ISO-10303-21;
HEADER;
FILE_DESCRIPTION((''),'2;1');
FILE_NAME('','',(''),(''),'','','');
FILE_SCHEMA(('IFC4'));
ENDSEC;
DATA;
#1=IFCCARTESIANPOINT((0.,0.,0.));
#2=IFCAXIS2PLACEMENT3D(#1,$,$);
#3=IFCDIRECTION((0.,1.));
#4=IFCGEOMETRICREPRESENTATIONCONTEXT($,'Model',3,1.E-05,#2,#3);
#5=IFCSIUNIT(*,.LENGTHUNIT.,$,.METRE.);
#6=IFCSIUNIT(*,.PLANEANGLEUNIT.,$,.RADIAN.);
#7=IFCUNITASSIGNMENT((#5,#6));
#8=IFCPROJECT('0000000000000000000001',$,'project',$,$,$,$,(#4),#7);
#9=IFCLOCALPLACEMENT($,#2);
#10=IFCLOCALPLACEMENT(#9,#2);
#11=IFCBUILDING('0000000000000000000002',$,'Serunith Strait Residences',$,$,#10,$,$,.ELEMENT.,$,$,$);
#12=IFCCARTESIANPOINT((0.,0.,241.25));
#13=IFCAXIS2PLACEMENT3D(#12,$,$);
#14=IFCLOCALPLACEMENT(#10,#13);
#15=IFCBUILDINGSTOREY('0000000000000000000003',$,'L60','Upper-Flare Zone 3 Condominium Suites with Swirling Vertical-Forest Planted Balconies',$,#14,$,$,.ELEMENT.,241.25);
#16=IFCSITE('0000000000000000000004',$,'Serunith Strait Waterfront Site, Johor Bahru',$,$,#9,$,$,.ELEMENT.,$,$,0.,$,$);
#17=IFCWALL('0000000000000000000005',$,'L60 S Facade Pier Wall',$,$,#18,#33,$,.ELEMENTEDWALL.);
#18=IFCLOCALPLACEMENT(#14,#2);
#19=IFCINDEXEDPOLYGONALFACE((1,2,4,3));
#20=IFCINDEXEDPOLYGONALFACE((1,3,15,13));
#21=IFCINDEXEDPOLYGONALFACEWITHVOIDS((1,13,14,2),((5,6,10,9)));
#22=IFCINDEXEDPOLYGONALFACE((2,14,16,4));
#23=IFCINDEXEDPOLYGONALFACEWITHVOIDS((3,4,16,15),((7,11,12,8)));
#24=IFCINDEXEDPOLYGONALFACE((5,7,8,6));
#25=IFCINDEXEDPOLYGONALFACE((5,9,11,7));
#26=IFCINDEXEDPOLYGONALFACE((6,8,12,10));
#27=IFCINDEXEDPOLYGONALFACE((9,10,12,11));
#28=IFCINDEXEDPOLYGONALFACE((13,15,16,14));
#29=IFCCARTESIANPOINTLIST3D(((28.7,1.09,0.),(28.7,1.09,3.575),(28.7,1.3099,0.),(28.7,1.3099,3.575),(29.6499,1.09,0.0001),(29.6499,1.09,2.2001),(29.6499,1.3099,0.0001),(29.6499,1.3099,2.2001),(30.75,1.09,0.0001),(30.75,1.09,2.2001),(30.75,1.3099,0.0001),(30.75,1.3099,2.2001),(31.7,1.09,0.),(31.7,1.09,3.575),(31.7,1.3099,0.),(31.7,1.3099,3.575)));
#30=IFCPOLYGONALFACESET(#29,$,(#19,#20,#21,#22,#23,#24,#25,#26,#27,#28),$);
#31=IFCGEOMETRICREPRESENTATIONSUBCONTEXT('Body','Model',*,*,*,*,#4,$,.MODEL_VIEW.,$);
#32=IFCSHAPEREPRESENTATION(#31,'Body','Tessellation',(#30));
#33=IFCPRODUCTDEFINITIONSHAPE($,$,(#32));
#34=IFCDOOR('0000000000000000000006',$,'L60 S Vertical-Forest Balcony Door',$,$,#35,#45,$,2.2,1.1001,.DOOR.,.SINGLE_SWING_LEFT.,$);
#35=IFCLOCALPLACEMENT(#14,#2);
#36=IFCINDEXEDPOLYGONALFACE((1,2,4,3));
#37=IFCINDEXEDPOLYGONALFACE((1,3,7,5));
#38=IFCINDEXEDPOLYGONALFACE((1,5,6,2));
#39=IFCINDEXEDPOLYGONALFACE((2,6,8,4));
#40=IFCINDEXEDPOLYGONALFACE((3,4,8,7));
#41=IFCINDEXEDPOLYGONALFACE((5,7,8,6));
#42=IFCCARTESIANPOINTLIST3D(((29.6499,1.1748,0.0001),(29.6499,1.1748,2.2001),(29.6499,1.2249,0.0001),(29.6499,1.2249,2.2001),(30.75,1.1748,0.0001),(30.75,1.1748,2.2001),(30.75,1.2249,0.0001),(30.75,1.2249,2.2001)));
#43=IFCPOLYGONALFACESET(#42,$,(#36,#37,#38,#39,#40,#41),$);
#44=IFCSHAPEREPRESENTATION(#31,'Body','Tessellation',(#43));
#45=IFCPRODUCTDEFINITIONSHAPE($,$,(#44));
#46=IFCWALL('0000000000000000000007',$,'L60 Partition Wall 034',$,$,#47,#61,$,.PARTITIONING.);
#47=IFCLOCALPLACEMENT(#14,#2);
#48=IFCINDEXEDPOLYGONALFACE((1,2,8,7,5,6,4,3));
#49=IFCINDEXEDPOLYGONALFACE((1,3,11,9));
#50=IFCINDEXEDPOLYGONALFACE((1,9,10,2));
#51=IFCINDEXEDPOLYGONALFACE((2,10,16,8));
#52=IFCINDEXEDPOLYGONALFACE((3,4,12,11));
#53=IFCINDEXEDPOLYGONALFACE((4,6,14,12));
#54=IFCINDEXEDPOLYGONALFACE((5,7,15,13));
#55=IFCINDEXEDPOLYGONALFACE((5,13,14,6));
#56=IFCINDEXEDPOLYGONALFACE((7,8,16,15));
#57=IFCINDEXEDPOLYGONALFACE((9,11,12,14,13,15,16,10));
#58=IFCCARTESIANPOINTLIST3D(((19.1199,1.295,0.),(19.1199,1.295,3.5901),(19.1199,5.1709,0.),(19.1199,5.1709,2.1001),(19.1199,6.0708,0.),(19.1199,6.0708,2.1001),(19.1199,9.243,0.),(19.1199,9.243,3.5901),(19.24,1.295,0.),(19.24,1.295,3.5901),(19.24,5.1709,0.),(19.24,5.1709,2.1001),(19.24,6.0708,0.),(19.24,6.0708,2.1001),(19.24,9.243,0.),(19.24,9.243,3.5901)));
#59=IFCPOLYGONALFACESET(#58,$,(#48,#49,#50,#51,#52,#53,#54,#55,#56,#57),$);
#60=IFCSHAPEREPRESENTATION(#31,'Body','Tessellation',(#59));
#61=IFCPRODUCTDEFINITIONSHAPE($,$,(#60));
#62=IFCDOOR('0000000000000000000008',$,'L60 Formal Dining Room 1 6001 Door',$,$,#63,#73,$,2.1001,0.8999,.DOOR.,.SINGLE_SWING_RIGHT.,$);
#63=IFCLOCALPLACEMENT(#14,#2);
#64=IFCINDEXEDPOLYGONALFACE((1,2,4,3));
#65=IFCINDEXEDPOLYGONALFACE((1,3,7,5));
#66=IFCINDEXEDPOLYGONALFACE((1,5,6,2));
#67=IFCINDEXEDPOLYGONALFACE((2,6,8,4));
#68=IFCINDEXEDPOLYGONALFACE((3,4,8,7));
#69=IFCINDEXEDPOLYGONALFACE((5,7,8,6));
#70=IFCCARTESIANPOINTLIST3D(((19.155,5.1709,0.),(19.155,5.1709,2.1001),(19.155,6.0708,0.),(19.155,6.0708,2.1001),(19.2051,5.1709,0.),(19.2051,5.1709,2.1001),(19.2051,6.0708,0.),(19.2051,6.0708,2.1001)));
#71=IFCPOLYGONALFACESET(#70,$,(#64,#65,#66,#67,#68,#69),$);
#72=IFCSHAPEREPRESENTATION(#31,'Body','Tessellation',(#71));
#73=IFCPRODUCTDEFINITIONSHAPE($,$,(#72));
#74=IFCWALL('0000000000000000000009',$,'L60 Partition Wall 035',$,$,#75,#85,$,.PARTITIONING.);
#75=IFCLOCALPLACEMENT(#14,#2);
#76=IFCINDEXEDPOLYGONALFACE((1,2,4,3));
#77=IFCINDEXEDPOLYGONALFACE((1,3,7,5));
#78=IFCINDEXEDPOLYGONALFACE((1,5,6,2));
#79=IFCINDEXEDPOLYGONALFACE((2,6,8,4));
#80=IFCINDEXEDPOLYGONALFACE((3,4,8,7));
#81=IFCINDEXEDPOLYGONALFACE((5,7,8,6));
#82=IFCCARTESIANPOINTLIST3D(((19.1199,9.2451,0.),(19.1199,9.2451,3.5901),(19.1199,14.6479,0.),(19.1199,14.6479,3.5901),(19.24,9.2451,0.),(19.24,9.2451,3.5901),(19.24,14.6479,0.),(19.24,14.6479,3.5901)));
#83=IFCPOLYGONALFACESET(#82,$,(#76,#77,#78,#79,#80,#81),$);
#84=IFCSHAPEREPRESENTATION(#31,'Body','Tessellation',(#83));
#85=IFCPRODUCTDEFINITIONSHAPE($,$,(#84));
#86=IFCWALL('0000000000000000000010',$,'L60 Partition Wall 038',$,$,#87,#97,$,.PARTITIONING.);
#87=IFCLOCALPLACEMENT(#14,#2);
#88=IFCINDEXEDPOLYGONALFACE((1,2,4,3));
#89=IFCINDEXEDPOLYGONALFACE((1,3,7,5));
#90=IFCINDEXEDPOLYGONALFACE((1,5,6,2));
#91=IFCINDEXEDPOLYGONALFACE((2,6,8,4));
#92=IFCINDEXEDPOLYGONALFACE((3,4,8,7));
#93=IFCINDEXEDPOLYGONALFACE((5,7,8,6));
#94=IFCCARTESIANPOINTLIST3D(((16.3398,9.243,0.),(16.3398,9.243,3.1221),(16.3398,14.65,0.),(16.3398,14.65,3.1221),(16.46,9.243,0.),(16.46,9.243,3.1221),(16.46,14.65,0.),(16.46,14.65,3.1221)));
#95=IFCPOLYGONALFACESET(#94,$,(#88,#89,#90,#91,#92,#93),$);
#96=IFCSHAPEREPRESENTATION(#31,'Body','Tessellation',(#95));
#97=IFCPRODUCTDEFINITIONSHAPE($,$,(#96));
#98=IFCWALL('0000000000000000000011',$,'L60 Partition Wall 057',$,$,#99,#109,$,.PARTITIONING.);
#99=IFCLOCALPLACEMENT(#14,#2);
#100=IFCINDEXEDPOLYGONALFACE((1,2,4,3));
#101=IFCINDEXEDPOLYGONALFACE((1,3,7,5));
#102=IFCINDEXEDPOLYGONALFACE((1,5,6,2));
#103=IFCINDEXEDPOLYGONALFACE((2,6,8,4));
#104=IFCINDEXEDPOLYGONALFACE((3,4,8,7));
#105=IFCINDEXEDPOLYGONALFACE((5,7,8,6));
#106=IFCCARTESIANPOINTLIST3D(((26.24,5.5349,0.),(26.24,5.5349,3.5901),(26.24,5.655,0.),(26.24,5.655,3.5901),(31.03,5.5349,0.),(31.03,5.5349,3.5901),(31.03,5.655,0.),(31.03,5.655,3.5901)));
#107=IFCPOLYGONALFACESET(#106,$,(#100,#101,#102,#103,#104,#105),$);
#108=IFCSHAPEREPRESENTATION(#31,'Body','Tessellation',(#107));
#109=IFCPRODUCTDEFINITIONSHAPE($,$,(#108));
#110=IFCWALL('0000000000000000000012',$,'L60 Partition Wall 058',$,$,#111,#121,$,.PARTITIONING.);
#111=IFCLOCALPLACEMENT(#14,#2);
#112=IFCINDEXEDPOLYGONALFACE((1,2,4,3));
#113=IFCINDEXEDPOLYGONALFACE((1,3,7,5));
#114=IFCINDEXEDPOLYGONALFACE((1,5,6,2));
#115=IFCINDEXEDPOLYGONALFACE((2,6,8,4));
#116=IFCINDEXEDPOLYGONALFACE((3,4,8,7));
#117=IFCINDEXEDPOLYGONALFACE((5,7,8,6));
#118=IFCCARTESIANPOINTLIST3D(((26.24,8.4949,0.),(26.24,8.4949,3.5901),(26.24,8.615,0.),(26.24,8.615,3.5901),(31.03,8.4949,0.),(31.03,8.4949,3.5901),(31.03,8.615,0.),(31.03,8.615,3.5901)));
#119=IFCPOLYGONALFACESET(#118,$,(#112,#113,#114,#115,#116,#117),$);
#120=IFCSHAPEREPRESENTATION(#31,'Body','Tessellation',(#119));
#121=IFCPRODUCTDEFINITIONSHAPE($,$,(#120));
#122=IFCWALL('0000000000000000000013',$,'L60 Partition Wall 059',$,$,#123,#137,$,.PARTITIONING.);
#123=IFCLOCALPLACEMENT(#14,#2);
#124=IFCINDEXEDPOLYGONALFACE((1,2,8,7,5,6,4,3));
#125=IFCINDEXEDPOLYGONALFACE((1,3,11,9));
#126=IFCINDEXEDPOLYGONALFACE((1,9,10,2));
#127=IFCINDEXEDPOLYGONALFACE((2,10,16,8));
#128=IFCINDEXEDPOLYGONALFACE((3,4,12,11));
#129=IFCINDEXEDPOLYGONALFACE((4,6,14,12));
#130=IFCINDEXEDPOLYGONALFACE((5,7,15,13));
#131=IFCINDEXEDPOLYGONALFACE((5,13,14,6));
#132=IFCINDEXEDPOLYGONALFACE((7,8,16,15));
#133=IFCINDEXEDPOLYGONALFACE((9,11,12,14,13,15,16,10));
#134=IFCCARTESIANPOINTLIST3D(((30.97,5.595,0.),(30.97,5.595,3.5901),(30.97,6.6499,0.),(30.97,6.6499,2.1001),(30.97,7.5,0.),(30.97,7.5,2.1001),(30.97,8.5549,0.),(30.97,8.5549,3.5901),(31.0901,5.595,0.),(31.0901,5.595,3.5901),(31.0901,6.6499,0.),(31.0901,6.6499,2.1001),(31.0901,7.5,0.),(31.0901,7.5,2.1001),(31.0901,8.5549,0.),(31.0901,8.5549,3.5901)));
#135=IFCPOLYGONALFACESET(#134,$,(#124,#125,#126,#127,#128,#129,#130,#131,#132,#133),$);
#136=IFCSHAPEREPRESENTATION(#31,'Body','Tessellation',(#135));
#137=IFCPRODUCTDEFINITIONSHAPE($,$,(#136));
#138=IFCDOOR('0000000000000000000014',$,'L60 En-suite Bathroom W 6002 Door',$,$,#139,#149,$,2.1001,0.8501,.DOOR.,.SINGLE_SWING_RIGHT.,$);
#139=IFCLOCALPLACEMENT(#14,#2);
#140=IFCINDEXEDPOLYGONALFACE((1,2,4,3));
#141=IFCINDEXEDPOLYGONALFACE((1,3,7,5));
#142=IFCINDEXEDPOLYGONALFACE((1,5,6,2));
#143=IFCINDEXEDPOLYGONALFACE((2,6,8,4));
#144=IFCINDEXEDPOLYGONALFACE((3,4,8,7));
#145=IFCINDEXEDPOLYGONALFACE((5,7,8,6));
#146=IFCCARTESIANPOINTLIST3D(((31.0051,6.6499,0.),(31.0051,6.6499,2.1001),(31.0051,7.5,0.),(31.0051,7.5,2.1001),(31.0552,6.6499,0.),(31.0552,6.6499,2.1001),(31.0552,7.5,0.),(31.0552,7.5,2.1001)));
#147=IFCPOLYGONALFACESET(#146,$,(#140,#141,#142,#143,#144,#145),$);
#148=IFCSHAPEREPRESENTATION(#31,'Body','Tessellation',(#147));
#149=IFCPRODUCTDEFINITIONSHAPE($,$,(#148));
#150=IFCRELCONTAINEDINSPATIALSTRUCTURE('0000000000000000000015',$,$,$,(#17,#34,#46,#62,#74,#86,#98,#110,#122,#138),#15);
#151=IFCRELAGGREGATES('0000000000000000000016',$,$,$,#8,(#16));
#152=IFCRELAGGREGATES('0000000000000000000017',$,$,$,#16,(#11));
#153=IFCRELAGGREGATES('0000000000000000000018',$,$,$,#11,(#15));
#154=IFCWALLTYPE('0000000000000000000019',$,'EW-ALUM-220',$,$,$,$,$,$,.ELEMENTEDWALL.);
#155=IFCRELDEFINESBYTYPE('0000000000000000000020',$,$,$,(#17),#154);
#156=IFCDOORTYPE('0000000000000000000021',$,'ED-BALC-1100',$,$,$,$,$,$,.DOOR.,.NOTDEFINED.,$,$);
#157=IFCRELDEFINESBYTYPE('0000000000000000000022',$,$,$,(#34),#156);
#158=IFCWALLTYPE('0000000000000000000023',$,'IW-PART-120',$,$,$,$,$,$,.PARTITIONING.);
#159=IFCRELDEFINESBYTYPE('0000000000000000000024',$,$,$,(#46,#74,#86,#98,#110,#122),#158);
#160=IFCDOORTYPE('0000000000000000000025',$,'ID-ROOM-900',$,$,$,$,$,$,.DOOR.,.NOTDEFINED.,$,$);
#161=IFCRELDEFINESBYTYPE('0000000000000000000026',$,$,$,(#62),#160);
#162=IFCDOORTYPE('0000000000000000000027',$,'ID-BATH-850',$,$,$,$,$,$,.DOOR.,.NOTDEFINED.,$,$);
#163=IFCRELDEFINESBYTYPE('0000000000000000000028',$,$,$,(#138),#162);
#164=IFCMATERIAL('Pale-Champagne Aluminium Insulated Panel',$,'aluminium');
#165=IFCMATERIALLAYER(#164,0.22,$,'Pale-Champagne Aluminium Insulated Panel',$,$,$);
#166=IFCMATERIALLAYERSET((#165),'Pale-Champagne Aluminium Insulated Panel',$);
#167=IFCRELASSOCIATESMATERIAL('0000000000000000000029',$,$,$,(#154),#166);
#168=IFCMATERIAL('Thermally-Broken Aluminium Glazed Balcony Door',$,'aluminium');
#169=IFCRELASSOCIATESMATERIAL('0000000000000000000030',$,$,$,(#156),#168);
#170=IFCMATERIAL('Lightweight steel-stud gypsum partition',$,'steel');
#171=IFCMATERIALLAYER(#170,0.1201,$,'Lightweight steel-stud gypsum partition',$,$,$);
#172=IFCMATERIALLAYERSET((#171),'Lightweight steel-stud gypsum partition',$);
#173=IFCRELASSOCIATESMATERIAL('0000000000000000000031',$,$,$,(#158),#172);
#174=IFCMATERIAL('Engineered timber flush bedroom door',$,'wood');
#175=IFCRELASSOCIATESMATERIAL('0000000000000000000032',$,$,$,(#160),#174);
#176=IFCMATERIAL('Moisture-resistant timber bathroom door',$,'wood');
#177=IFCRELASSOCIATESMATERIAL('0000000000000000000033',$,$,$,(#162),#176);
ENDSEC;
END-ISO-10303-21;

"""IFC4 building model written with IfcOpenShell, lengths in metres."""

from ifc_helpers import new_model, si_unit, direction, frame, frame_2d, origin, place, context, subcontext, project, spatial, rectangle, extrude, source, transform, mapped, material, layer, layer_set, type_object, element, fill, save


model = new_model("IFC4")

# Units and contexts
model_context = context("Model", 3, precision=1e-05, world=origin(), true_north=direction((0.0, 1.0)))
body_context = subcontext(model_context, "Body", "Model", "MODEL_VIEW")
ifc_project = project(units=[si_unit("LENGTHUNIT", "METRE"), si_unit("PLANEANGLEUNIT", "RADIAN")], contexts=[model_context])

# Site, building, storey
site_placement = place(None, origin())
site = spatial("IfcSite", under=ifc_project, at=site_placement, Name="Serunith Strait Waterfront Site, Johor Bahru", CompositionType="ELEMENT", RefElevation=0.0)
building_placement = place(site_placement, origin())
building = spatial("IfcBuilding", under=site, at=building_placement, Name="Serunith Strait Residences", CompositionType="ELEMENT")
storey_placement = place(building_placement, frame((0.0, 0.0, 241.25)))
storey = spatial("IfcBuildingStorey", under=building, at=storey_placement, Name="L60", Description="Upper-Flare Zone 3 Condominium Suites with Swirling Vertical-Forest Planted Balconies", CompositionType="ELEMENT", Elevation=241.25)

# Walls, openings, doors
ifc_material_1 = material(Name="Pale-Champagne Aluminium Insulated Panel", Category="aluminium")
ifc_layer_1 = layer(ifc_material_1, 0.22, Name="Pale-Champagne Aluminium Insulated Panel")
ifc_layer_set_1 = layer_set([ifc_layer_1], Name="Pale-Champagne Aluminium Insulated Panel")
wall_type_1 = type_object("IfcWallType", Name="EW-ALUM-220", PredefinedType="ELEMENTEDWALL", material=ifc_layer_set_1)
wall_1_placement = place(storey_placement, frame((28.7, 1.2, 0.0), z_axis=(0.0, 0.0, 1.0), x_axis=(1.0, 0.0, 0.0)))
wall_1 = element("IfcWall", 1, at=wall_1_placement, inside=storey, type_object=wall_type_1, Name="L60 S Facade Pier Wall", PredefinedType="ELEMENTEDWALL", context=body_context, shape_type="SweptSolid", body=[
    extrude(rectangle(XDim=3.0, YDim=0.22, at=frame_2d((1.5, 0.0))), origin(), (0.0, 0.0, 1.0), 3.575),
])
opening_1_placement = place(wall_1_placement, frame((0.95, 0.0, 0.0)))
opening_1 = element("IfcOpeningElement", 2, at=opening_1_placement, cuts=wall_1, PredefinedType="OPENING", context=body_context, shape_type="SweptSolid", body=[
    extrude(rectangle(XDim=1.1001, YDim=2.2, at=frame_2d((0.55, 1.1001))), frame((0.0, 0.1201, 0.0), z_axis=(0.0, -1.0, 0.0), x_axis=(1.0, 0.0, 0.0)), (0.0, 0.0, 1.0), 0.24),
])
ifc_material_2 = material(Name="Thermally-Broken Aluminium Glazed Balcony Door", Category="aluminium")
door_type_1 = type_object("IfcDoorType", Name="ED-BALC-1100", OperationType="NOTDEFINED", PredefinedType="DOOR", material=ifc_material_2)
shared_shape_1 = source(origin(), body_context, "Body", "SweptSolid", [
    extrude(rectangle(XDim=1.1001, YDim=2.2, at=frame_2d((0.55, 1.1001))), frame((0.0, 0.0249, 0.0), z_axis=(0.0, -1.0, 0.0), x_axis=(1.0, 0.0, 0.0)), (0.0, 0.0, 1.0), 0.05),
])
door_1_placement = place(opening_1_placement, origin())
door_1 = element("IfcDoor", 3, at=door_1_placement, inside=storey, type_object=door_type_1, Name="L60 S Vertical-Forest Balcony Door", OperationType="SINGLE_SWING_LEFT", OverallHeight=2.2, OverallWidth=1.1001, PredefinedType="DOOR", context=body_context, shape_type="MappedRepresentation", body=[
    mapped(shared_shape_1, transform((0.0, 0.0, 0.0), scale=1.0)),
])
fill(opening_1, door_1)
ifc_material_3 = material(Name="Lightweight steel-stud gypsum partition", Category="steel")
ifc_layer_2 = layer(ifc_material_3, 0.1201, Name="Lightweight steel-stud gypsum partition")
ifc_layer_set_2 = layer_set([ifc_layer_2], Name="Lightweight steel-stud gypsum partition")
wall_type_2 = type_object("IfcWallType", Name="IW-PART-120", PredefinedType="PARTITIONING", material=ifc_layer_set_2)
wall_2_placement = place(storey_placement, frame((19.1799, 1.2949, 0.0), z_axis=(0.0, 0.0, 1.0), x_axis=(0.0, 1.0, 0.0)))
wall_2 = element("IfcWall", 4, at=wall_2_placement, inside=storey, type_object=wall_type_2, Name="L60 Partition Wall 034", PredefinedType="PARTITIONING", context=body_context, shape_type="SweptSolid", body=[
    extrude(rectangle(XDim=7.948, YDim=0.1201, at=frame_2d((3.9741, 0.0))), origin(), (0.0, 0.0, 1.0), 3.5901),
])
opening_2_placement = place(wall_2_placement, frame((3.876, 0.0, 0.0)))
opening_2 = element("IfcOpeningElement", 5, at=opening_2_placement, cuts=wall_2, PredefinedType="OPENING", context=body_context, shape_type="SweptSolid", body=[
    extrude(rectangle(XDim=0.8999, YDim=2.1001, at=frame_2d((0.45, 1.05))), frame((0.0, 0.0701, 0.0), z_axis=(0.0, -1.0, 0.0), x_axis=(1.0, 0.0, 0.0)), (0.0, 0.0, 1.0), 0.1401),
])
ifc_material_4 = material(Name="Engineered timber flush bedroom door", Category="wood")
door_type_2 = type_object("IfcDoorType", Name="ID-ROOM-900", OperationType="NOTDEFINED", PredefinedType="DOOR", material=ifc_material_4)
shared_shape_2 = source(origin(), body_context, "Body", "SweptSolid", [
    extrude(rectangle(XDim=0.8999, YDim=2.1001, at=frame_2d((0.45, 1.05))), frame((0.0, 0.0249, 0.0), z_axis=(0.0, -1.0, 0.0), x_axis=(1.0, 0.0, 0.0)), (0.0, 0.0, 1.0), 0.05),
])
door_2_placement = place(opening_2_placement, origin())
door_2 = element("IfcDoor", 6, at=door_2_placement, inside=storey, type_object=door_type_2, Name="L60 Formal Dining Room 1 6001 Door", OperationType="SINGLE_SWING_RIGHT", OverallHeight=2.1001, OverallWidth=0.8999, PredefinedType="DOOR", context=body_context, shape_type="MappedRepresentation", body=[
    mapped(shared_shape_2, transform((0.0, 0.0, 0.0), scale=1.0)),
])
fill(opening_2, door_2)

# Walls
wall_3_placement = place(storey_placement, frame((19.1799, 9.2451, 0.0), z_axis=(0.0, 0.0, 1.0), x_axis=(0.0, 1.0, 0.0)))
element("IfcWall", 7, at=wall_3_placement, inside=storey, type_object=wall_type_2, Name="L60 Partition Wall 035", PredefinedType="PARTITIONING", context=body_context, shape_type="SweptSolid", body=[
    extrude(rectangle(XDim=5.4028, YDim=0.1201, at=frame_2d((2.7014, 0.0))), origin(), (0.0, 0.0, 1.0), 3.5901),
])
wall_4_placement = place(storey_placement, frame((16.3999, 9.2429, 0.0), z_axis=(0.0, 0.0, 1.0), x_axis=(0.0, 1.0, 0.0)))
element("IfcWall", 8, at=wall_4_placement, inside=storey, type_object=wall_type_2, Name="L60 Partition Wall 038", PredefinedType="PARTITIONING", context=body_context, shape_type="SweptSolid", body=[
    extrude(rectangle(XDim=5.407, YDim=0.1201, at=frame_2d((2.7036, 0.0))), origin(), (0.0, 0.0, 1.0), 3.1221),
])
for number, where, z_axis, x_axis, name in (
    (9, (26.24, 5.595, 0.0), (0.0, 0.0, 1.0), (1.0, 0.0, 0.0), "L60 Partition Wall 057"),
    (10, (26.24, 8.5549, 0.0), (0.0, 0.0, 1.0), (1.0, 0.0, 0.0), "L60 Partition Wall 058"),
):
    element("IfcWall", number, at=place(storey_placement, frame(where, z_axis=z_axis, x_axis=x_axis)), inside=storey, type_object=wall_type_2, Name=name, PredefinedType="PARTITIONING", context=body_context, shape_type="SweptSolid", body=[
        extrude(rectangle(XDim=4.79, YDim=0.1201, at=frame_2d((2.395, 0.0))), origin(), (0.0, 0.0, 1.0), 3.5901),
    ])

# Wall, opening, door
wall_5_placement = place(storey_placement, frame((31.03, 5.595, 0.0), z_axis=(0.0, 0.0, 1.0), x_axis=(0.0, 1.0, 0.0)))
wall_5 = element("IfcWall", 11, at=wall_5_placement, inside=storey, type_object=wall_type_2, Name="L60 Partition Wall 059", PredefinedType="PARTITIONING", context=body_context, shape_type="SweptSolid", body=[
    extrude(rectangle(XDim=2.96, YDim=0.1201, at=frame_2d((1.48, 0.0))), origin(), (0.0, 0.0, 1.0), 3.5901),
])
opening_3_placement = place(wall_5_placement, frame((1.0549, 0.0, 0.0)))
opening_3 = element("IfcOpeningElement", 12, at=opening_3_placement, cuts=wall_5, PredefinedType="OPENING", context=body_context, shape_type="SweptSolid", body=[
    extrude(rectangle(XDim=0.8501, YDim=2.1001, at=frame_2d((0.425, 1.05))), frame((0.0, 0.0701, 0.0), z_axis=(0.0, -1.0, 0.0), x_axis=(1.0, 0.0, 0.0)), (0.0, 0.0, 1.0), 0.1401),
])
ifc_material_5 = material(Name="Moisture-resistant timber bathroom door", Category="wood")
door_type_3 = type_object("IfcDoorType", Name="ID-BATH-850", OperationType="NOTDEFINED", PredefinedType="DOOR", material=ifc_material_5)
shared_shape_3 = source(origin(), body_context, "Body", "SweptSolid", [
    extrude(rectangle(XDim=0.8501, YDim=2.1001, at=frame_2d((0.425, 1.05))), frame((0.0, 0.0249, 0.0), z_axis=(0.0, -1.0, 0.0), x_axis=(1.0, 0.0, 0.0)), (0.0, 0.0, 1.0), 0.05),
])
door_3_placement = place(opening_3_placement, origin())
door_3 = element("IfcDoor", 13, at=door_3_placement, inside=storey, type_object=door_type_3, Name="L60 En-suite Bathroom W 6002 Door", OperationType="SINGLE_SWING_RIGHT", OverallHeight=2.1001, OverallWidth=0.8501, PredefinedType="DOOR", context=body_context, shape_type="MappedRepresentation", body=[
    mapped(shared_shape_3, transform((0.0, 0.0, 0.0), scale=1.0)),
])
fill(opening_3, door_3)

save(model, "model.ifc")
